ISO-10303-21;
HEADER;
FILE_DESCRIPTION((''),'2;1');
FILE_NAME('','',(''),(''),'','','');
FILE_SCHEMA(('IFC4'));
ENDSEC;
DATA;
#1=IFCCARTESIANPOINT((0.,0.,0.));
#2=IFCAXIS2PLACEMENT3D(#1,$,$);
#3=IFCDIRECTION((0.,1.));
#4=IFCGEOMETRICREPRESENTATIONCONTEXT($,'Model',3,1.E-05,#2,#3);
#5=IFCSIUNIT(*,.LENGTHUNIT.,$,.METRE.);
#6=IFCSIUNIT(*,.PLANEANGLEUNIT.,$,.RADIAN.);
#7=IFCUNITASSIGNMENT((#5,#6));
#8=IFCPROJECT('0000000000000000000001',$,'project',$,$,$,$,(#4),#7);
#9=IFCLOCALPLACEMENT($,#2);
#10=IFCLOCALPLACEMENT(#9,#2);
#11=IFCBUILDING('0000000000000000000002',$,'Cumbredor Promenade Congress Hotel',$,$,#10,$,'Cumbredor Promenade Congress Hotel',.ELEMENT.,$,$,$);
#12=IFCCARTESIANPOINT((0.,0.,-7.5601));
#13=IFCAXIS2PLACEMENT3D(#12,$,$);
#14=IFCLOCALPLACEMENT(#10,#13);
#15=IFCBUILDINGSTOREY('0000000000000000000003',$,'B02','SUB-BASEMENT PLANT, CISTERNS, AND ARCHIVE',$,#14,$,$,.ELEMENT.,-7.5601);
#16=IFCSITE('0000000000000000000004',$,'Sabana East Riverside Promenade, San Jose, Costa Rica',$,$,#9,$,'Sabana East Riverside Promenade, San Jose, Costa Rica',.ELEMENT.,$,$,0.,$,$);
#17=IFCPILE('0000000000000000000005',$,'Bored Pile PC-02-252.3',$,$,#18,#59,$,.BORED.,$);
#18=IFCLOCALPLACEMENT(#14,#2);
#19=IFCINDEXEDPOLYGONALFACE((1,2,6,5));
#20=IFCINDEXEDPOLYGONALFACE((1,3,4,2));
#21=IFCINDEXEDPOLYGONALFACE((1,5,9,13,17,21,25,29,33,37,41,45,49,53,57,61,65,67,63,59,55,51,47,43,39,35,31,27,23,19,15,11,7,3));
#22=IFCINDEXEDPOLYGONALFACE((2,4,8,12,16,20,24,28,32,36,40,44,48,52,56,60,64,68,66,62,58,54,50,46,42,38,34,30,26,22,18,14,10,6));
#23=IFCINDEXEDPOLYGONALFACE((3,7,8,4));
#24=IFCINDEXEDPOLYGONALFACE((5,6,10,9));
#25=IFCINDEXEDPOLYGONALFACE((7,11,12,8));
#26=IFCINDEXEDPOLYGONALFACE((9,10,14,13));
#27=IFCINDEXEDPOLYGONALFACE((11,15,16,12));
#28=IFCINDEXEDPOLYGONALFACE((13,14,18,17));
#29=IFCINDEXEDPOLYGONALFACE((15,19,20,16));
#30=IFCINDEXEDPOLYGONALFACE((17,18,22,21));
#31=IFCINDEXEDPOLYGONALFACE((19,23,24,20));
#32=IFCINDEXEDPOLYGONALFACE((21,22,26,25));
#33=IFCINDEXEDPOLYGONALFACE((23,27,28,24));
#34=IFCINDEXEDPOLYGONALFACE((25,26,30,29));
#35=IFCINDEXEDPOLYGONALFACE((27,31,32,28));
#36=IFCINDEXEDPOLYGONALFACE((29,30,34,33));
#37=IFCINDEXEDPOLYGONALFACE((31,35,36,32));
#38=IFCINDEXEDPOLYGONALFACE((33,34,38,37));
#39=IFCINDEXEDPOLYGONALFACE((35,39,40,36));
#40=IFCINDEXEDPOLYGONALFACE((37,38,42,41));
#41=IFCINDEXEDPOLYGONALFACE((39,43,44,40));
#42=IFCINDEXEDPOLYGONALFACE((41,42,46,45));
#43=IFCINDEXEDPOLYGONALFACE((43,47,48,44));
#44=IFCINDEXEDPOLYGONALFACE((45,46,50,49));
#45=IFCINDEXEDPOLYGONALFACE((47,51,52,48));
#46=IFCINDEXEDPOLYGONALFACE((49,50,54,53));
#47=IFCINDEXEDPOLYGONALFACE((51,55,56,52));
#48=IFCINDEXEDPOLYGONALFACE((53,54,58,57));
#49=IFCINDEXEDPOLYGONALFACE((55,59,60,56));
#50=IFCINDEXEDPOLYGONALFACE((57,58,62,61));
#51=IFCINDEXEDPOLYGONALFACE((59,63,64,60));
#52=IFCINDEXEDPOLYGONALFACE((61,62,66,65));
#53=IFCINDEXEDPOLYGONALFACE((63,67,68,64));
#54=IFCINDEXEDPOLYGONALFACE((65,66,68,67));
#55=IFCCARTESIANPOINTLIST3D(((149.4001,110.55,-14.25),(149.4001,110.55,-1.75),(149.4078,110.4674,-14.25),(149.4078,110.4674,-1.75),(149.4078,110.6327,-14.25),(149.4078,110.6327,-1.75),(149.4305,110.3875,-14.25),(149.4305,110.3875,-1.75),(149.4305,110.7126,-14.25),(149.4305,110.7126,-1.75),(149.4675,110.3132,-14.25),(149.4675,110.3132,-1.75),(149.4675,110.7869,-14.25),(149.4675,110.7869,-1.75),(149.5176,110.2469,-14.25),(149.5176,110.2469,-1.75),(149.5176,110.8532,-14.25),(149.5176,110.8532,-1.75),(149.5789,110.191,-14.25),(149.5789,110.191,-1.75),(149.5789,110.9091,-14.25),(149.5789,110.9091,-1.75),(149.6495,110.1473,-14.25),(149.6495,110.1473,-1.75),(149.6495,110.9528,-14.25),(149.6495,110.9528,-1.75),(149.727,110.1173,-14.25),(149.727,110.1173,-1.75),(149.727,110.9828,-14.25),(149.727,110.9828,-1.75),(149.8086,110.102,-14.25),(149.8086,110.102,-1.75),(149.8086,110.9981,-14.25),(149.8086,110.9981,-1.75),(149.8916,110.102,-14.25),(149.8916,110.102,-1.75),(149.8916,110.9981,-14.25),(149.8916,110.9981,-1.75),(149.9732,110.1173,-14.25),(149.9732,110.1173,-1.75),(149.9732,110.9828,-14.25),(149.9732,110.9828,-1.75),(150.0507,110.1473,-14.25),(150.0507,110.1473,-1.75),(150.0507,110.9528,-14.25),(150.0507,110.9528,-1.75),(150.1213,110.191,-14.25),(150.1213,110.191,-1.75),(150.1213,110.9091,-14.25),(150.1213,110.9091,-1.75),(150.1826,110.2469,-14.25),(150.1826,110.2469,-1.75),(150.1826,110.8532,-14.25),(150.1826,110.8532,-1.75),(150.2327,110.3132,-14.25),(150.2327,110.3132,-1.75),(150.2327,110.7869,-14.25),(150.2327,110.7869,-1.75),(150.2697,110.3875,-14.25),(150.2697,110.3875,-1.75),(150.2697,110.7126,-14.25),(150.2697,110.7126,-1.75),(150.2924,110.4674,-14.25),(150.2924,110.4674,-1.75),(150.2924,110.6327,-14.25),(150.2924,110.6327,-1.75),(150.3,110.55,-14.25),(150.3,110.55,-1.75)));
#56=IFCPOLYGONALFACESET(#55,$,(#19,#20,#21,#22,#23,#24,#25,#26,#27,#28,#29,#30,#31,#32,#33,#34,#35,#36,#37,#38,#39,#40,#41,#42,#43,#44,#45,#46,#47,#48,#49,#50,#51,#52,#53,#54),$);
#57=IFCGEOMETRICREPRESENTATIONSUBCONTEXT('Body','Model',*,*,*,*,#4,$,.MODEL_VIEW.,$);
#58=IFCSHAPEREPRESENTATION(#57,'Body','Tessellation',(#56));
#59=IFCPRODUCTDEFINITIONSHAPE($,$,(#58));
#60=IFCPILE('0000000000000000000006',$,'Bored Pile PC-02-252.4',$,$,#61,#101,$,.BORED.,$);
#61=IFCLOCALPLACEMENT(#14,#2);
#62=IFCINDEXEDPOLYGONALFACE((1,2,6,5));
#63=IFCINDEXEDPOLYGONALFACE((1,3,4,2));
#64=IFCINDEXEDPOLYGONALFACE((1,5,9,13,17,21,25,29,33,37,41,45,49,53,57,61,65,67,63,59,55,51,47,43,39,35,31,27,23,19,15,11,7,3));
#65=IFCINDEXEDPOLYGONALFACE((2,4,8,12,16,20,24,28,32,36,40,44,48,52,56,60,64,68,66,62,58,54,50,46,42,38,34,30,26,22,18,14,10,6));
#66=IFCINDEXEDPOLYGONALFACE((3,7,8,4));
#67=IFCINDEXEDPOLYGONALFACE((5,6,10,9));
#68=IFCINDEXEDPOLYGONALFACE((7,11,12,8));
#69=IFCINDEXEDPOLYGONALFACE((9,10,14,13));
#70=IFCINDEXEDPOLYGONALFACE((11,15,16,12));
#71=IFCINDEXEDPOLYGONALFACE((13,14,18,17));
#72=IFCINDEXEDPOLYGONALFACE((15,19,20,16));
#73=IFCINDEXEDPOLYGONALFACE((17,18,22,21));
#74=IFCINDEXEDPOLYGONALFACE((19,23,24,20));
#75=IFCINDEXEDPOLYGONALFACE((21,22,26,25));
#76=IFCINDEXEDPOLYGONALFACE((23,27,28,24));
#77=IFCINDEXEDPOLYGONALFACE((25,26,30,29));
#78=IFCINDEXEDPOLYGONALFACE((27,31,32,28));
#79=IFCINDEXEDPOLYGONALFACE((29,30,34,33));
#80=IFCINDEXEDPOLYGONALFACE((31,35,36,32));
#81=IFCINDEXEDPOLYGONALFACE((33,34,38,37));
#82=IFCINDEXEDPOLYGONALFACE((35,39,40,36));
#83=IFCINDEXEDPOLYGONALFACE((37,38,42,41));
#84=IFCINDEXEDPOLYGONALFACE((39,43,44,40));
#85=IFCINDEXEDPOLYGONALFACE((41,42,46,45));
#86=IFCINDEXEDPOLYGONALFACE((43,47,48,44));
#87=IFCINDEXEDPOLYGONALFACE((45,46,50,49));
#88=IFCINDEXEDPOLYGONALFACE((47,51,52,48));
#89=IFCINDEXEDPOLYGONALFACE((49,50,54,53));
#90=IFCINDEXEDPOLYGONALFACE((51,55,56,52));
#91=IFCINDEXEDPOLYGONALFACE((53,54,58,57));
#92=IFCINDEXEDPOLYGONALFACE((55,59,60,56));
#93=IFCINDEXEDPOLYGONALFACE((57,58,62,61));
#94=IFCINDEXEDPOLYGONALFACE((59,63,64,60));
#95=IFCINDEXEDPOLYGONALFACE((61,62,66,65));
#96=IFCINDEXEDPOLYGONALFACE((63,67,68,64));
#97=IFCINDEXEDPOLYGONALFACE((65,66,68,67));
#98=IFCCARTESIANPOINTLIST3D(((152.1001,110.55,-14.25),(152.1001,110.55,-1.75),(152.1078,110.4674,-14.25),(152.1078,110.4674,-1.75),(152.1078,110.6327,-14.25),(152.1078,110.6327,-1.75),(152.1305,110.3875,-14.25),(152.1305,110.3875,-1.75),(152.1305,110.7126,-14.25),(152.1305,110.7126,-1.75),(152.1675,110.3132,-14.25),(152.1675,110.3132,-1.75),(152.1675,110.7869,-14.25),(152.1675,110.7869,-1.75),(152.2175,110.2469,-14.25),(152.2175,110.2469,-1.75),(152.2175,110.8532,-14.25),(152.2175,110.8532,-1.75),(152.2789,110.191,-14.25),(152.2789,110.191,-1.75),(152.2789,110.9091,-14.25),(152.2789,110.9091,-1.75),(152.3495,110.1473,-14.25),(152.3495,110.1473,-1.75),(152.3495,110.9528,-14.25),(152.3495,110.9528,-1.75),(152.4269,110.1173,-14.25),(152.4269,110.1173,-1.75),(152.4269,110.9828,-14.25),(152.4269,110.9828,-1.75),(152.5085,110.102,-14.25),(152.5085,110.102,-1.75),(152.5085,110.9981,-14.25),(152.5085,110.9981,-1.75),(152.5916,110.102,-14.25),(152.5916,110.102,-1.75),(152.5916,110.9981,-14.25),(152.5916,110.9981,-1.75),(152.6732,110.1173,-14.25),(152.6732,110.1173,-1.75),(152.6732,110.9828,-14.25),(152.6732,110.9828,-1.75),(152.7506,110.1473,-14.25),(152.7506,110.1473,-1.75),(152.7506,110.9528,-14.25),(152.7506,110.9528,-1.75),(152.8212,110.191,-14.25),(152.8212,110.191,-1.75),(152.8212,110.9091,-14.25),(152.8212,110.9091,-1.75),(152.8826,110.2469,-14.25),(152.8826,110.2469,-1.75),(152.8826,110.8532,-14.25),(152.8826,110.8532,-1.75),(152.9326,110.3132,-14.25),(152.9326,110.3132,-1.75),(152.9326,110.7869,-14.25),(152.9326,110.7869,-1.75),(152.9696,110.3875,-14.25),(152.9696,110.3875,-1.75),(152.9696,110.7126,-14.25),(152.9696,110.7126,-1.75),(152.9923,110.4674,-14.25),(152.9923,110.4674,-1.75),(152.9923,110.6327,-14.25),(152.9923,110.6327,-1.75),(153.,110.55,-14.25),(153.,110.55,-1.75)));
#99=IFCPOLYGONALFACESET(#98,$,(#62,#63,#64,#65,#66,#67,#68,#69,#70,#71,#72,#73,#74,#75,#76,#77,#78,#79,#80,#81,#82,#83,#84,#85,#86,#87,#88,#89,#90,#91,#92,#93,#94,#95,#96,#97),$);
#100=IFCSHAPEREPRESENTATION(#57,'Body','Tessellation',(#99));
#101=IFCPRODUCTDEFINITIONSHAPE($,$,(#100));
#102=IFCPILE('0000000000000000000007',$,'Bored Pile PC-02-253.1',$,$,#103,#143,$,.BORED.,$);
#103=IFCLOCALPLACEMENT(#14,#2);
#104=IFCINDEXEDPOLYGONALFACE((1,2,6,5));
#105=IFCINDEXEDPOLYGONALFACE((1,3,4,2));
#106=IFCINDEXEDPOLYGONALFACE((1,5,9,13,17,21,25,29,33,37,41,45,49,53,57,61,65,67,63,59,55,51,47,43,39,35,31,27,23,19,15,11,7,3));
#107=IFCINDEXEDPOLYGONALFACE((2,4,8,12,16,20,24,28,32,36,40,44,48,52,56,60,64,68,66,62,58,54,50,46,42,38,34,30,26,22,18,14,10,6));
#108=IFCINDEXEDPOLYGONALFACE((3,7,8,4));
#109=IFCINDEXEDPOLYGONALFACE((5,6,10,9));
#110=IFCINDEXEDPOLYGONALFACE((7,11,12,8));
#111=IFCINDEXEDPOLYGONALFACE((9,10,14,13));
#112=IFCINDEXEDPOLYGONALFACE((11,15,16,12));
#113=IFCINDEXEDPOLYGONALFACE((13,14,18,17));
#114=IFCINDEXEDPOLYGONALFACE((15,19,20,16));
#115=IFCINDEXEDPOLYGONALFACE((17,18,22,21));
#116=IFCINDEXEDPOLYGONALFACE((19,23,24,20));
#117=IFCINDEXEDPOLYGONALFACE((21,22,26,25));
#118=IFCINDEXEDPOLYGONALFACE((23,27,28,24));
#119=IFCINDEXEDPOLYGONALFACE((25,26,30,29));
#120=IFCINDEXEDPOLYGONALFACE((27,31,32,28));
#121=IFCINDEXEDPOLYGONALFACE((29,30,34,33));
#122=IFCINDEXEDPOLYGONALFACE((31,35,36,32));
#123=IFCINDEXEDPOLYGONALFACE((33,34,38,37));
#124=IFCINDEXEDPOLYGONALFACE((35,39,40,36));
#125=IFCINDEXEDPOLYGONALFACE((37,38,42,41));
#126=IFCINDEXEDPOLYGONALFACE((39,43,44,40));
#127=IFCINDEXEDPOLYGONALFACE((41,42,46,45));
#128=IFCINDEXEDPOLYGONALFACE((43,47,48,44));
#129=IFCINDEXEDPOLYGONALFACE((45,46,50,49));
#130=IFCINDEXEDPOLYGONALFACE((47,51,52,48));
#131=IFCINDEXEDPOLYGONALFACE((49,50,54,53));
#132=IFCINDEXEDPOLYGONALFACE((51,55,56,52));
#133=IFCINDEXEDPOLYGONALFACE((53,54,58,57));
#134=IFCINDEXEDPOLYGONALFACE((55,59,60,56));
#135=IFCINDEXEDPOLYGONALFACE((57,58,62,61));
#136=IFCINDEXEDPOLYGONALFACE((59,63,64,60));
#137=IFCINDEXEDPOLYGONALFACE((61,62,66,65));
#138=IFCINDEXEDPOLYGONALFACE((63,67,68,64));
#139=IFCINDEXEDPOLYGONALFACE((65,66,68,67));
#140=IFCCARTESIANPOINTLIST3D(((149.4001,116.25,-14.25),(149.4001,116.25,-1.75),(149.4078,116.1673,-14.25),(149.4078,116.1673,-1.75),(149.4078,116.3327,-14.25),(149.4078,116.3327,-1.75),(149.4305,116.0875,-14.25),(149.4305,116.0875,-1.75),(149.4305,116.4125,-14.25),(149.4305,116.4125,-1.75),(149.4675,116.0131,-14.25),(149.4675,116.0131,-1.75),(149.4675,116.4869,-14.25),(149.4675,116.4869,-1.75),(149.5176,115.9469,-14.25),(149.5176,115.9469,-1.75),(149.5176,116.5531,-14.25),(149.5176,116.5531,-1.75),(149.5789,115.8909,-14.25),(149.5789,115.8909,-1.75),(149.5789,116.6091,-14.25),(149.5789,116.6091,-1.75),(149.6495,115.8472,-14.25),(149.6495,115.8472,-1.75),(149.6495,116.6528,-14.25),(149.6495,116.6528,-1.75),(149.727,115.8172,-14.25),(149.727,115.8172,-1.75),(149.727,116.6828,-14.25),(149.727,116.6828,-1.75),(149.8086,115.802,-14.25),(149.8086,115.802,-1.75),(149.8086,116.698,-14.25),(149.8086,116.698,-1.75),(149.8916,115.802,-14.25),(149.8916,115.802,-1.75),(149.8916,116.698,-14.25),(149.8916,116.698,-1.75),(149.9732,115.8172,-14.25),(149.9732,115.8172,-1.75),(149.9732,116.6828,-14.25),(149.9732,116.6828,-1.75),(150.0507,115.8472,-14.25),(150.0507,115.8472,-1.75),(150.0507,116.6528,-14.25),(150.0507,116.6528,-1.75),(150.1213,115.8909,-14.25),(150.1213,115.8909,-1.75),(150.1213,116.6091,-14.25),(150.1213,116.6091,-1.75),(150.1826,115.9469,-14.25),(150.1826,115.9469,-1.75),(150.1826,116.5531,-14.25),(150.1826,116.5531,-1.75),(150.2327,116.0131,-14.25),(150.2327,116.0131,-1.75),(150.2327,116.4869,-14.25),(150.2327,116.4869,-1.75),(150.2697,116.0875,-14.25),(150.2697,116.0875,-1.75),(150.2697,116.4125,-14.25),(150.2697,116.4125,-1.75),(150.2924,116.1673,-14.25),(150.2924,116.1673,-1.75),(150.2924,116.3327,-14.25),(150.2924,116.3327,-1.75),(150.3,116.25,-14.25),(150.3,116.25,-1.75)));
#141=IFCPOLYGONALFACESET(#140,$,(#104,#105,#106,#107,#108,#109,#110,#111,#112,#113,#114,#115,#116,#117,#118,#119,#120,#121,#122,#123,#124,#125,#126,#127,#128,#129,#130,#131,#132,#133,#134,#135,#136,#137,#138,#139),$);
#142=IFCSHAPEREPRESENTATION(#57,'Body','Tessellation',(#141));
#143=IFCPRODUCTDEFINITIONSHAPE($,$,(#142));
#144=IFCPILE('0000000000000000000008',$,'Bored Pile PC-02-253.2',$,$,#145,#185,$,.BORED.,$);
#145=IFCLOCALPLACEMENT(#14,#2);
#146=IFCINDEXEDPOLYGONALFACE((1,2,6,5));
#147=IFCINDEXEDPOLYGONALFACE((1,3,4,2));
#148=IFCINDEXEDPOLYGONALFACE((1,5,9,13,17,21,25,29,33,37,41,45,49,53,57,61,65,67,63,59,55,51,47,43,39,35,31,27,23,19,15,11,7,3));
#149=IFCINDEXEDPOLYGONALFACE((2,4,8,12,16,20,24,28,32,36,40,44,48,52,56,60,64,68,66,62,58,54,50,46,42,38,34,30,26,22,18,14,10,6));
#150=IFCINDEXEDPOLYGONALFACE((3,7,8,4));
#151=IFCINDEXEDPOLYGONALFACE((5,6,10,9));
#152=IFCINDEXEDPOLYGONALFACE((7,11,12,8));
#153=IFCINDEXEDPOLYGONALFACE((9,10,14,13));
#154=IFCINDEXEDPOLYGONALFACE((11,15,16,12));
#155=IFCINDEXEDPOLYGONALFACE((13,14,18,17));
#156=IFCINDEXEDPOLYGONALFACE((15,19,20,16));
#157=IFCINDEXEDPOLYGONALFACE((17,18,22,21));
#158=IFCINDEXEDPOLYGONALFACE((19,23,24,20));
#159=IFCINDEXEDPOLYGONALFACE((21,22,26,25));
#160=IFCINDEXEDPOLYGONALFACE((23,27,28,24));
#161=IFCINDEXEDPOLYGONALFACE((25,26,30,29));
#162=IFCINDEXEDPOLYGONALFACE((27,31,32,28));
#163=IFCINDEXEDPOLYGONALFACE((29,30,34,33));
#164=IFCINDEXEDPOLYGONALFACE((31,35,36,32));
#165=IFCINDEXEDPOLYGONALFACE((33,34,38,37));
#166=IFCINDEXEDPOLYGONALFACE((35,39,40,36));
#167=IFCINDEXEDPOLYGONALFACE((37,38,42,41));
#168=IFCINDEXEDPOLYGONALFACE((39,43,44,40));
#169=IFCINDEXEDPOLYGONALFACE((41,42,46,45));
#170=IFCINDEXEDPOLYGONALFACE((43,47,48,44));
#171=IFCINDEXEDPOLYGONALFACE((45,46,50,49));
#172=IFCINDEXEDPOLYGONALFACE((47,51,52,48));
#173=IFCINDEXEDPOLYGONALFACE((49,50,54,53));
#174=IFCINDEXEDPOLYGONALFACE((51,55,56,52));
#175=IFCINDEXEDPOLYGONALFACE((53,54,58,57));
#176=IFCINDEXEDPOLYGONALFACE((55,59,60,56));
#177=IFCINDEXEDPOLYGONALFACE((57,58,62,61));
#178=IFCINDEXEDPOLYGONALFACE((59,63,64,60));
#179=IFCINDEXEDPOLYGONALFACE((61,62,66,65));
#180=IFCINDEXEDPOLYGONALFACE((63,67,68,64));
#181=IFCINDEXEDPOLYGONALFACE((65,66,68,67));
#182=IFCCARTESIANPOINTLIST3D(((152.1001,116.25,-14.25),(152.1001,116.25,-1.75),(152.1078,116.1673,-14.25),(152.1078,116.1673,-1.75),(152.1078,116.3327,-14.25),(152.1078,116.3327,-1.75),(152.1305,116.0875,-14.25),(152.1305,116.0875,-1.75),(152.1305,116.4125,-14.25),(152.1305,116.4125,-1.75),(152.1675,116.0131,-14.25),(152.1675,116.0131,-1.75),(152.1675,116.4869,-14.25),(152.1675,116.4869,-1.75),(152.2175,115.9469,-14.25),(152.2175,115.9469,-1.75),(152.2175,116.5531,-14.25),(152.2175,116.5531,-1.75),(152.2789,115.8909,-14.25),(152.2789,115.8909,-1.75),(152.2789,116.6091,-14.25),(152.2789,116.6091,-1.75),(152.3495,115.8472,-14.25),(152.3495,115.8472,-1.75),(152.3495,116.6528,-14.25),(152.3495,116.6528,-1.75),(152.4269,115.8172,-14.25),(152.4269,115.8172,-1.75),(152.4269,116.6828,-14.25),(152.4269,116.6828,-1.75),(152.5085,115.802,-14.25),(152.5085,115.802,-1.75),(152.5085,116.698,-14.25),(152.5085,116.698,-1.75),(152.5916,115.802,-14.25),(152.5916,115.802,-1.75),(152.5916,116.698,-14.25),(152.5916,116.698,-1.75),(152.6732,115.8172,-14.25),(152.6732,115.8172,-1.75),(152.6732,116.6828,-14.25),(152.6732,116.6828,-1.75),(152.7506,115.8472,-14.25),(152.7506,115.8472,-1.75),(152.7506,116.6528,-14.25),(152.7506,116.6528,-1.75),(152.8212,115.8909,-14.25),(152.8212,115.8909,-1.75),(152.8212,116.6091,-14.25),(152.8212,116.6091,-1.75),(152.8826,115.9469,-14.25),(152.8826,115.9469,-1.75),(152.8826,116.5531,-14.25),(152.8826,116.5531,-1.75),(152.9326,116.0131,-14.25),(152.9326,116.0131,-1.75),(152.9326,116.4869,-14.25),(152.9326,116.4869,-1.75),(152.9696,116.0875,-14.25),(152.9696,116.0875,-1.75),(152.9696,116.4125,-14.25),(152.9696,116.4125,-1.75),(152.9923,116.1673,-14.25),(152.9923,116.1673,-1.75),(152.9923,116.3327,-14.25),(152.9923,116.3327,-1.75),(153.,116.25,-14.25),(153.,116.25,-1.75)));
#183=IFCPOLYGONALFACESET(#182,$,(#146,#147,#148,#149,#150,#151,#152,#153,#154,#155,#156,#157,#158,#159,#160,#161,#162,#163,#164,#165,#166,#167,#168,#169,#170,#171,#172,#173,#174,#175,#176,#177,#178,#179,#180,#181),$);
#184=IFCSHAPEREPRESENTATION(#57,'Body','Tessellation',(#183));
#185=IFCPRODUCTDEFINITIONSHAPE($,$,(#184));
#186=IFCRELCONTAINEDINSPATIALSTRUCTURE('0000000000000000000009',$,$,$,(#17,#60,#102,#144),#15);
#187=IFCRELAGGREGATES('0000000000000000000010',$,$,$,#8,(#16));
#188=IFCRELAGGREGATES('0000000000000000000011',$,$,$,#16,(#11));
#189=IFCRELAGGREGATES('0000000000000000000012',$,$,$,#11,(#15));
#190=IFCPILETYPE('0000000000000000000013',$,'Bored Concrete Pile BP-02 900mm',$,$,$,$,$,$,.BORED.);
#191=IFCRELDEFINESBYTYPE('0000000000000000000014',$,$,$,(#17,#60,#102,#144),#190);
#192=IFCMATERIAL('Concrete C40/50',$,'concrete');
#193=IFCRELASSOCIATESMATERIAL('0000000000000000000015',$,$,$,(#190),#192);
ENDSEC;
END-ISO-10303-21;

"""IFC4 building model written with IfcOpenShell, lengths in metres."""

from ifc_helpers import new_model, si_unit, direction, frame, origin, origin_2d, place, context, subcontext, project, spatial, circle, extrude, material, material_profile, profile_set, type_object, element, save


model = new_model("IFC4")

# Units and contexts
model_context = context("Model", 3, precision=1e-05, world=origin(), true_north=direction((0.0, 1.0)))
body_context = subcontext(model_context, "Body", "Model", "MODEL_VIEW")
ifc_project = project(units=[si_unit("LENGTHUNIT", "METRE"), si_unit("PLANEANGLEUNIT", "RADIAN")], contexts=[model_context])

# Site, building, storey
site_placement = place(None, origin())
site = spatial("IfcSite", under=ifc_project, at=site_placement, Name="Sabana East Riverside Promenade, San Jose, Costa Rica", LongName="Sabana East Riverside Promenade, San Jose, Costa Rica", CompositionType="ELEMENT", RefElevation=0.0)
building_placement = place(site_placement, origin())
building = spatial("IfcBuilding", under=site, at=building_placement, Name="Cumbredor Promenade Congress Hotel", LongName="Cumbredor Promenade Congress Hotel", CompositionType="ELEMENT")
storey_placement = place(building_placement, frame((0.0, 0.0, -7.5601)))
storey = spatial("IfcBuildingStorey", under=building, at=storey_placement, Name="B02", Description="SUB-BASEMENT PLANT, CISTERNS, AND ARCHIVE", CompositionType="ELEMENT", Elevation=-7.5601)

# Piles
ifc_material_1 = material(Name="Concrete C40/50", Category="concrete")
ifc_material_profile_1 = material_profile(ifc_material_1, circle(Radius=0.45, at=origin_2d()), Name="PILE D900")
ifc_profile_set_1 = profile_set([ifc_material_profile_1], Name="Concrete C40/50")
pile_type = type_object("IfcPileType", Name="Bored Concrete Pile BP-02 900mm", PredefinedType="BORED", material=ifc_profile_set_1)
for number, where, z_axis, x_axis, name in (
    (1, (149.8501, 110.55, -1.75), (0.0, 0.0, -1.0), (1.0, 0.0, 0.0), "Bored Pile PC-02-252.3"),
    (2, (152.55, 110.55, -1.75), (0.0, 0.0, -1.0), (1.0, 0.0, 0.0), "Bored Pile PC-02-252.4"),
    (3, (149.8501, 116.25, -1.75), (0.0, 0.0, -1.0), (1.0, 0.0, 0.0), "Bored Pile PC-02-253.1"),
    (4, (152.55, 116.25, -1.75), (0.0, 0.0, -1.0), (1.0, 0.0, 0.0), "Bored Pile PC-02-253.2"),
):
    element("IfcPile", number, at=place(storey_placement, frame(where, z_axis=z_axis, x_axis=x_axis)), inside=storey, type_object=pile_type, Name=name, PredefinedType="BORED", context=body_context, shape_type="SweptSolid", body=[
        extrude(circle(Radius=0.45, at=origin_2d()), origin(), (0.0, 0.0, 1.0), 12.5),
    ])

save(model, "model.ifc")
